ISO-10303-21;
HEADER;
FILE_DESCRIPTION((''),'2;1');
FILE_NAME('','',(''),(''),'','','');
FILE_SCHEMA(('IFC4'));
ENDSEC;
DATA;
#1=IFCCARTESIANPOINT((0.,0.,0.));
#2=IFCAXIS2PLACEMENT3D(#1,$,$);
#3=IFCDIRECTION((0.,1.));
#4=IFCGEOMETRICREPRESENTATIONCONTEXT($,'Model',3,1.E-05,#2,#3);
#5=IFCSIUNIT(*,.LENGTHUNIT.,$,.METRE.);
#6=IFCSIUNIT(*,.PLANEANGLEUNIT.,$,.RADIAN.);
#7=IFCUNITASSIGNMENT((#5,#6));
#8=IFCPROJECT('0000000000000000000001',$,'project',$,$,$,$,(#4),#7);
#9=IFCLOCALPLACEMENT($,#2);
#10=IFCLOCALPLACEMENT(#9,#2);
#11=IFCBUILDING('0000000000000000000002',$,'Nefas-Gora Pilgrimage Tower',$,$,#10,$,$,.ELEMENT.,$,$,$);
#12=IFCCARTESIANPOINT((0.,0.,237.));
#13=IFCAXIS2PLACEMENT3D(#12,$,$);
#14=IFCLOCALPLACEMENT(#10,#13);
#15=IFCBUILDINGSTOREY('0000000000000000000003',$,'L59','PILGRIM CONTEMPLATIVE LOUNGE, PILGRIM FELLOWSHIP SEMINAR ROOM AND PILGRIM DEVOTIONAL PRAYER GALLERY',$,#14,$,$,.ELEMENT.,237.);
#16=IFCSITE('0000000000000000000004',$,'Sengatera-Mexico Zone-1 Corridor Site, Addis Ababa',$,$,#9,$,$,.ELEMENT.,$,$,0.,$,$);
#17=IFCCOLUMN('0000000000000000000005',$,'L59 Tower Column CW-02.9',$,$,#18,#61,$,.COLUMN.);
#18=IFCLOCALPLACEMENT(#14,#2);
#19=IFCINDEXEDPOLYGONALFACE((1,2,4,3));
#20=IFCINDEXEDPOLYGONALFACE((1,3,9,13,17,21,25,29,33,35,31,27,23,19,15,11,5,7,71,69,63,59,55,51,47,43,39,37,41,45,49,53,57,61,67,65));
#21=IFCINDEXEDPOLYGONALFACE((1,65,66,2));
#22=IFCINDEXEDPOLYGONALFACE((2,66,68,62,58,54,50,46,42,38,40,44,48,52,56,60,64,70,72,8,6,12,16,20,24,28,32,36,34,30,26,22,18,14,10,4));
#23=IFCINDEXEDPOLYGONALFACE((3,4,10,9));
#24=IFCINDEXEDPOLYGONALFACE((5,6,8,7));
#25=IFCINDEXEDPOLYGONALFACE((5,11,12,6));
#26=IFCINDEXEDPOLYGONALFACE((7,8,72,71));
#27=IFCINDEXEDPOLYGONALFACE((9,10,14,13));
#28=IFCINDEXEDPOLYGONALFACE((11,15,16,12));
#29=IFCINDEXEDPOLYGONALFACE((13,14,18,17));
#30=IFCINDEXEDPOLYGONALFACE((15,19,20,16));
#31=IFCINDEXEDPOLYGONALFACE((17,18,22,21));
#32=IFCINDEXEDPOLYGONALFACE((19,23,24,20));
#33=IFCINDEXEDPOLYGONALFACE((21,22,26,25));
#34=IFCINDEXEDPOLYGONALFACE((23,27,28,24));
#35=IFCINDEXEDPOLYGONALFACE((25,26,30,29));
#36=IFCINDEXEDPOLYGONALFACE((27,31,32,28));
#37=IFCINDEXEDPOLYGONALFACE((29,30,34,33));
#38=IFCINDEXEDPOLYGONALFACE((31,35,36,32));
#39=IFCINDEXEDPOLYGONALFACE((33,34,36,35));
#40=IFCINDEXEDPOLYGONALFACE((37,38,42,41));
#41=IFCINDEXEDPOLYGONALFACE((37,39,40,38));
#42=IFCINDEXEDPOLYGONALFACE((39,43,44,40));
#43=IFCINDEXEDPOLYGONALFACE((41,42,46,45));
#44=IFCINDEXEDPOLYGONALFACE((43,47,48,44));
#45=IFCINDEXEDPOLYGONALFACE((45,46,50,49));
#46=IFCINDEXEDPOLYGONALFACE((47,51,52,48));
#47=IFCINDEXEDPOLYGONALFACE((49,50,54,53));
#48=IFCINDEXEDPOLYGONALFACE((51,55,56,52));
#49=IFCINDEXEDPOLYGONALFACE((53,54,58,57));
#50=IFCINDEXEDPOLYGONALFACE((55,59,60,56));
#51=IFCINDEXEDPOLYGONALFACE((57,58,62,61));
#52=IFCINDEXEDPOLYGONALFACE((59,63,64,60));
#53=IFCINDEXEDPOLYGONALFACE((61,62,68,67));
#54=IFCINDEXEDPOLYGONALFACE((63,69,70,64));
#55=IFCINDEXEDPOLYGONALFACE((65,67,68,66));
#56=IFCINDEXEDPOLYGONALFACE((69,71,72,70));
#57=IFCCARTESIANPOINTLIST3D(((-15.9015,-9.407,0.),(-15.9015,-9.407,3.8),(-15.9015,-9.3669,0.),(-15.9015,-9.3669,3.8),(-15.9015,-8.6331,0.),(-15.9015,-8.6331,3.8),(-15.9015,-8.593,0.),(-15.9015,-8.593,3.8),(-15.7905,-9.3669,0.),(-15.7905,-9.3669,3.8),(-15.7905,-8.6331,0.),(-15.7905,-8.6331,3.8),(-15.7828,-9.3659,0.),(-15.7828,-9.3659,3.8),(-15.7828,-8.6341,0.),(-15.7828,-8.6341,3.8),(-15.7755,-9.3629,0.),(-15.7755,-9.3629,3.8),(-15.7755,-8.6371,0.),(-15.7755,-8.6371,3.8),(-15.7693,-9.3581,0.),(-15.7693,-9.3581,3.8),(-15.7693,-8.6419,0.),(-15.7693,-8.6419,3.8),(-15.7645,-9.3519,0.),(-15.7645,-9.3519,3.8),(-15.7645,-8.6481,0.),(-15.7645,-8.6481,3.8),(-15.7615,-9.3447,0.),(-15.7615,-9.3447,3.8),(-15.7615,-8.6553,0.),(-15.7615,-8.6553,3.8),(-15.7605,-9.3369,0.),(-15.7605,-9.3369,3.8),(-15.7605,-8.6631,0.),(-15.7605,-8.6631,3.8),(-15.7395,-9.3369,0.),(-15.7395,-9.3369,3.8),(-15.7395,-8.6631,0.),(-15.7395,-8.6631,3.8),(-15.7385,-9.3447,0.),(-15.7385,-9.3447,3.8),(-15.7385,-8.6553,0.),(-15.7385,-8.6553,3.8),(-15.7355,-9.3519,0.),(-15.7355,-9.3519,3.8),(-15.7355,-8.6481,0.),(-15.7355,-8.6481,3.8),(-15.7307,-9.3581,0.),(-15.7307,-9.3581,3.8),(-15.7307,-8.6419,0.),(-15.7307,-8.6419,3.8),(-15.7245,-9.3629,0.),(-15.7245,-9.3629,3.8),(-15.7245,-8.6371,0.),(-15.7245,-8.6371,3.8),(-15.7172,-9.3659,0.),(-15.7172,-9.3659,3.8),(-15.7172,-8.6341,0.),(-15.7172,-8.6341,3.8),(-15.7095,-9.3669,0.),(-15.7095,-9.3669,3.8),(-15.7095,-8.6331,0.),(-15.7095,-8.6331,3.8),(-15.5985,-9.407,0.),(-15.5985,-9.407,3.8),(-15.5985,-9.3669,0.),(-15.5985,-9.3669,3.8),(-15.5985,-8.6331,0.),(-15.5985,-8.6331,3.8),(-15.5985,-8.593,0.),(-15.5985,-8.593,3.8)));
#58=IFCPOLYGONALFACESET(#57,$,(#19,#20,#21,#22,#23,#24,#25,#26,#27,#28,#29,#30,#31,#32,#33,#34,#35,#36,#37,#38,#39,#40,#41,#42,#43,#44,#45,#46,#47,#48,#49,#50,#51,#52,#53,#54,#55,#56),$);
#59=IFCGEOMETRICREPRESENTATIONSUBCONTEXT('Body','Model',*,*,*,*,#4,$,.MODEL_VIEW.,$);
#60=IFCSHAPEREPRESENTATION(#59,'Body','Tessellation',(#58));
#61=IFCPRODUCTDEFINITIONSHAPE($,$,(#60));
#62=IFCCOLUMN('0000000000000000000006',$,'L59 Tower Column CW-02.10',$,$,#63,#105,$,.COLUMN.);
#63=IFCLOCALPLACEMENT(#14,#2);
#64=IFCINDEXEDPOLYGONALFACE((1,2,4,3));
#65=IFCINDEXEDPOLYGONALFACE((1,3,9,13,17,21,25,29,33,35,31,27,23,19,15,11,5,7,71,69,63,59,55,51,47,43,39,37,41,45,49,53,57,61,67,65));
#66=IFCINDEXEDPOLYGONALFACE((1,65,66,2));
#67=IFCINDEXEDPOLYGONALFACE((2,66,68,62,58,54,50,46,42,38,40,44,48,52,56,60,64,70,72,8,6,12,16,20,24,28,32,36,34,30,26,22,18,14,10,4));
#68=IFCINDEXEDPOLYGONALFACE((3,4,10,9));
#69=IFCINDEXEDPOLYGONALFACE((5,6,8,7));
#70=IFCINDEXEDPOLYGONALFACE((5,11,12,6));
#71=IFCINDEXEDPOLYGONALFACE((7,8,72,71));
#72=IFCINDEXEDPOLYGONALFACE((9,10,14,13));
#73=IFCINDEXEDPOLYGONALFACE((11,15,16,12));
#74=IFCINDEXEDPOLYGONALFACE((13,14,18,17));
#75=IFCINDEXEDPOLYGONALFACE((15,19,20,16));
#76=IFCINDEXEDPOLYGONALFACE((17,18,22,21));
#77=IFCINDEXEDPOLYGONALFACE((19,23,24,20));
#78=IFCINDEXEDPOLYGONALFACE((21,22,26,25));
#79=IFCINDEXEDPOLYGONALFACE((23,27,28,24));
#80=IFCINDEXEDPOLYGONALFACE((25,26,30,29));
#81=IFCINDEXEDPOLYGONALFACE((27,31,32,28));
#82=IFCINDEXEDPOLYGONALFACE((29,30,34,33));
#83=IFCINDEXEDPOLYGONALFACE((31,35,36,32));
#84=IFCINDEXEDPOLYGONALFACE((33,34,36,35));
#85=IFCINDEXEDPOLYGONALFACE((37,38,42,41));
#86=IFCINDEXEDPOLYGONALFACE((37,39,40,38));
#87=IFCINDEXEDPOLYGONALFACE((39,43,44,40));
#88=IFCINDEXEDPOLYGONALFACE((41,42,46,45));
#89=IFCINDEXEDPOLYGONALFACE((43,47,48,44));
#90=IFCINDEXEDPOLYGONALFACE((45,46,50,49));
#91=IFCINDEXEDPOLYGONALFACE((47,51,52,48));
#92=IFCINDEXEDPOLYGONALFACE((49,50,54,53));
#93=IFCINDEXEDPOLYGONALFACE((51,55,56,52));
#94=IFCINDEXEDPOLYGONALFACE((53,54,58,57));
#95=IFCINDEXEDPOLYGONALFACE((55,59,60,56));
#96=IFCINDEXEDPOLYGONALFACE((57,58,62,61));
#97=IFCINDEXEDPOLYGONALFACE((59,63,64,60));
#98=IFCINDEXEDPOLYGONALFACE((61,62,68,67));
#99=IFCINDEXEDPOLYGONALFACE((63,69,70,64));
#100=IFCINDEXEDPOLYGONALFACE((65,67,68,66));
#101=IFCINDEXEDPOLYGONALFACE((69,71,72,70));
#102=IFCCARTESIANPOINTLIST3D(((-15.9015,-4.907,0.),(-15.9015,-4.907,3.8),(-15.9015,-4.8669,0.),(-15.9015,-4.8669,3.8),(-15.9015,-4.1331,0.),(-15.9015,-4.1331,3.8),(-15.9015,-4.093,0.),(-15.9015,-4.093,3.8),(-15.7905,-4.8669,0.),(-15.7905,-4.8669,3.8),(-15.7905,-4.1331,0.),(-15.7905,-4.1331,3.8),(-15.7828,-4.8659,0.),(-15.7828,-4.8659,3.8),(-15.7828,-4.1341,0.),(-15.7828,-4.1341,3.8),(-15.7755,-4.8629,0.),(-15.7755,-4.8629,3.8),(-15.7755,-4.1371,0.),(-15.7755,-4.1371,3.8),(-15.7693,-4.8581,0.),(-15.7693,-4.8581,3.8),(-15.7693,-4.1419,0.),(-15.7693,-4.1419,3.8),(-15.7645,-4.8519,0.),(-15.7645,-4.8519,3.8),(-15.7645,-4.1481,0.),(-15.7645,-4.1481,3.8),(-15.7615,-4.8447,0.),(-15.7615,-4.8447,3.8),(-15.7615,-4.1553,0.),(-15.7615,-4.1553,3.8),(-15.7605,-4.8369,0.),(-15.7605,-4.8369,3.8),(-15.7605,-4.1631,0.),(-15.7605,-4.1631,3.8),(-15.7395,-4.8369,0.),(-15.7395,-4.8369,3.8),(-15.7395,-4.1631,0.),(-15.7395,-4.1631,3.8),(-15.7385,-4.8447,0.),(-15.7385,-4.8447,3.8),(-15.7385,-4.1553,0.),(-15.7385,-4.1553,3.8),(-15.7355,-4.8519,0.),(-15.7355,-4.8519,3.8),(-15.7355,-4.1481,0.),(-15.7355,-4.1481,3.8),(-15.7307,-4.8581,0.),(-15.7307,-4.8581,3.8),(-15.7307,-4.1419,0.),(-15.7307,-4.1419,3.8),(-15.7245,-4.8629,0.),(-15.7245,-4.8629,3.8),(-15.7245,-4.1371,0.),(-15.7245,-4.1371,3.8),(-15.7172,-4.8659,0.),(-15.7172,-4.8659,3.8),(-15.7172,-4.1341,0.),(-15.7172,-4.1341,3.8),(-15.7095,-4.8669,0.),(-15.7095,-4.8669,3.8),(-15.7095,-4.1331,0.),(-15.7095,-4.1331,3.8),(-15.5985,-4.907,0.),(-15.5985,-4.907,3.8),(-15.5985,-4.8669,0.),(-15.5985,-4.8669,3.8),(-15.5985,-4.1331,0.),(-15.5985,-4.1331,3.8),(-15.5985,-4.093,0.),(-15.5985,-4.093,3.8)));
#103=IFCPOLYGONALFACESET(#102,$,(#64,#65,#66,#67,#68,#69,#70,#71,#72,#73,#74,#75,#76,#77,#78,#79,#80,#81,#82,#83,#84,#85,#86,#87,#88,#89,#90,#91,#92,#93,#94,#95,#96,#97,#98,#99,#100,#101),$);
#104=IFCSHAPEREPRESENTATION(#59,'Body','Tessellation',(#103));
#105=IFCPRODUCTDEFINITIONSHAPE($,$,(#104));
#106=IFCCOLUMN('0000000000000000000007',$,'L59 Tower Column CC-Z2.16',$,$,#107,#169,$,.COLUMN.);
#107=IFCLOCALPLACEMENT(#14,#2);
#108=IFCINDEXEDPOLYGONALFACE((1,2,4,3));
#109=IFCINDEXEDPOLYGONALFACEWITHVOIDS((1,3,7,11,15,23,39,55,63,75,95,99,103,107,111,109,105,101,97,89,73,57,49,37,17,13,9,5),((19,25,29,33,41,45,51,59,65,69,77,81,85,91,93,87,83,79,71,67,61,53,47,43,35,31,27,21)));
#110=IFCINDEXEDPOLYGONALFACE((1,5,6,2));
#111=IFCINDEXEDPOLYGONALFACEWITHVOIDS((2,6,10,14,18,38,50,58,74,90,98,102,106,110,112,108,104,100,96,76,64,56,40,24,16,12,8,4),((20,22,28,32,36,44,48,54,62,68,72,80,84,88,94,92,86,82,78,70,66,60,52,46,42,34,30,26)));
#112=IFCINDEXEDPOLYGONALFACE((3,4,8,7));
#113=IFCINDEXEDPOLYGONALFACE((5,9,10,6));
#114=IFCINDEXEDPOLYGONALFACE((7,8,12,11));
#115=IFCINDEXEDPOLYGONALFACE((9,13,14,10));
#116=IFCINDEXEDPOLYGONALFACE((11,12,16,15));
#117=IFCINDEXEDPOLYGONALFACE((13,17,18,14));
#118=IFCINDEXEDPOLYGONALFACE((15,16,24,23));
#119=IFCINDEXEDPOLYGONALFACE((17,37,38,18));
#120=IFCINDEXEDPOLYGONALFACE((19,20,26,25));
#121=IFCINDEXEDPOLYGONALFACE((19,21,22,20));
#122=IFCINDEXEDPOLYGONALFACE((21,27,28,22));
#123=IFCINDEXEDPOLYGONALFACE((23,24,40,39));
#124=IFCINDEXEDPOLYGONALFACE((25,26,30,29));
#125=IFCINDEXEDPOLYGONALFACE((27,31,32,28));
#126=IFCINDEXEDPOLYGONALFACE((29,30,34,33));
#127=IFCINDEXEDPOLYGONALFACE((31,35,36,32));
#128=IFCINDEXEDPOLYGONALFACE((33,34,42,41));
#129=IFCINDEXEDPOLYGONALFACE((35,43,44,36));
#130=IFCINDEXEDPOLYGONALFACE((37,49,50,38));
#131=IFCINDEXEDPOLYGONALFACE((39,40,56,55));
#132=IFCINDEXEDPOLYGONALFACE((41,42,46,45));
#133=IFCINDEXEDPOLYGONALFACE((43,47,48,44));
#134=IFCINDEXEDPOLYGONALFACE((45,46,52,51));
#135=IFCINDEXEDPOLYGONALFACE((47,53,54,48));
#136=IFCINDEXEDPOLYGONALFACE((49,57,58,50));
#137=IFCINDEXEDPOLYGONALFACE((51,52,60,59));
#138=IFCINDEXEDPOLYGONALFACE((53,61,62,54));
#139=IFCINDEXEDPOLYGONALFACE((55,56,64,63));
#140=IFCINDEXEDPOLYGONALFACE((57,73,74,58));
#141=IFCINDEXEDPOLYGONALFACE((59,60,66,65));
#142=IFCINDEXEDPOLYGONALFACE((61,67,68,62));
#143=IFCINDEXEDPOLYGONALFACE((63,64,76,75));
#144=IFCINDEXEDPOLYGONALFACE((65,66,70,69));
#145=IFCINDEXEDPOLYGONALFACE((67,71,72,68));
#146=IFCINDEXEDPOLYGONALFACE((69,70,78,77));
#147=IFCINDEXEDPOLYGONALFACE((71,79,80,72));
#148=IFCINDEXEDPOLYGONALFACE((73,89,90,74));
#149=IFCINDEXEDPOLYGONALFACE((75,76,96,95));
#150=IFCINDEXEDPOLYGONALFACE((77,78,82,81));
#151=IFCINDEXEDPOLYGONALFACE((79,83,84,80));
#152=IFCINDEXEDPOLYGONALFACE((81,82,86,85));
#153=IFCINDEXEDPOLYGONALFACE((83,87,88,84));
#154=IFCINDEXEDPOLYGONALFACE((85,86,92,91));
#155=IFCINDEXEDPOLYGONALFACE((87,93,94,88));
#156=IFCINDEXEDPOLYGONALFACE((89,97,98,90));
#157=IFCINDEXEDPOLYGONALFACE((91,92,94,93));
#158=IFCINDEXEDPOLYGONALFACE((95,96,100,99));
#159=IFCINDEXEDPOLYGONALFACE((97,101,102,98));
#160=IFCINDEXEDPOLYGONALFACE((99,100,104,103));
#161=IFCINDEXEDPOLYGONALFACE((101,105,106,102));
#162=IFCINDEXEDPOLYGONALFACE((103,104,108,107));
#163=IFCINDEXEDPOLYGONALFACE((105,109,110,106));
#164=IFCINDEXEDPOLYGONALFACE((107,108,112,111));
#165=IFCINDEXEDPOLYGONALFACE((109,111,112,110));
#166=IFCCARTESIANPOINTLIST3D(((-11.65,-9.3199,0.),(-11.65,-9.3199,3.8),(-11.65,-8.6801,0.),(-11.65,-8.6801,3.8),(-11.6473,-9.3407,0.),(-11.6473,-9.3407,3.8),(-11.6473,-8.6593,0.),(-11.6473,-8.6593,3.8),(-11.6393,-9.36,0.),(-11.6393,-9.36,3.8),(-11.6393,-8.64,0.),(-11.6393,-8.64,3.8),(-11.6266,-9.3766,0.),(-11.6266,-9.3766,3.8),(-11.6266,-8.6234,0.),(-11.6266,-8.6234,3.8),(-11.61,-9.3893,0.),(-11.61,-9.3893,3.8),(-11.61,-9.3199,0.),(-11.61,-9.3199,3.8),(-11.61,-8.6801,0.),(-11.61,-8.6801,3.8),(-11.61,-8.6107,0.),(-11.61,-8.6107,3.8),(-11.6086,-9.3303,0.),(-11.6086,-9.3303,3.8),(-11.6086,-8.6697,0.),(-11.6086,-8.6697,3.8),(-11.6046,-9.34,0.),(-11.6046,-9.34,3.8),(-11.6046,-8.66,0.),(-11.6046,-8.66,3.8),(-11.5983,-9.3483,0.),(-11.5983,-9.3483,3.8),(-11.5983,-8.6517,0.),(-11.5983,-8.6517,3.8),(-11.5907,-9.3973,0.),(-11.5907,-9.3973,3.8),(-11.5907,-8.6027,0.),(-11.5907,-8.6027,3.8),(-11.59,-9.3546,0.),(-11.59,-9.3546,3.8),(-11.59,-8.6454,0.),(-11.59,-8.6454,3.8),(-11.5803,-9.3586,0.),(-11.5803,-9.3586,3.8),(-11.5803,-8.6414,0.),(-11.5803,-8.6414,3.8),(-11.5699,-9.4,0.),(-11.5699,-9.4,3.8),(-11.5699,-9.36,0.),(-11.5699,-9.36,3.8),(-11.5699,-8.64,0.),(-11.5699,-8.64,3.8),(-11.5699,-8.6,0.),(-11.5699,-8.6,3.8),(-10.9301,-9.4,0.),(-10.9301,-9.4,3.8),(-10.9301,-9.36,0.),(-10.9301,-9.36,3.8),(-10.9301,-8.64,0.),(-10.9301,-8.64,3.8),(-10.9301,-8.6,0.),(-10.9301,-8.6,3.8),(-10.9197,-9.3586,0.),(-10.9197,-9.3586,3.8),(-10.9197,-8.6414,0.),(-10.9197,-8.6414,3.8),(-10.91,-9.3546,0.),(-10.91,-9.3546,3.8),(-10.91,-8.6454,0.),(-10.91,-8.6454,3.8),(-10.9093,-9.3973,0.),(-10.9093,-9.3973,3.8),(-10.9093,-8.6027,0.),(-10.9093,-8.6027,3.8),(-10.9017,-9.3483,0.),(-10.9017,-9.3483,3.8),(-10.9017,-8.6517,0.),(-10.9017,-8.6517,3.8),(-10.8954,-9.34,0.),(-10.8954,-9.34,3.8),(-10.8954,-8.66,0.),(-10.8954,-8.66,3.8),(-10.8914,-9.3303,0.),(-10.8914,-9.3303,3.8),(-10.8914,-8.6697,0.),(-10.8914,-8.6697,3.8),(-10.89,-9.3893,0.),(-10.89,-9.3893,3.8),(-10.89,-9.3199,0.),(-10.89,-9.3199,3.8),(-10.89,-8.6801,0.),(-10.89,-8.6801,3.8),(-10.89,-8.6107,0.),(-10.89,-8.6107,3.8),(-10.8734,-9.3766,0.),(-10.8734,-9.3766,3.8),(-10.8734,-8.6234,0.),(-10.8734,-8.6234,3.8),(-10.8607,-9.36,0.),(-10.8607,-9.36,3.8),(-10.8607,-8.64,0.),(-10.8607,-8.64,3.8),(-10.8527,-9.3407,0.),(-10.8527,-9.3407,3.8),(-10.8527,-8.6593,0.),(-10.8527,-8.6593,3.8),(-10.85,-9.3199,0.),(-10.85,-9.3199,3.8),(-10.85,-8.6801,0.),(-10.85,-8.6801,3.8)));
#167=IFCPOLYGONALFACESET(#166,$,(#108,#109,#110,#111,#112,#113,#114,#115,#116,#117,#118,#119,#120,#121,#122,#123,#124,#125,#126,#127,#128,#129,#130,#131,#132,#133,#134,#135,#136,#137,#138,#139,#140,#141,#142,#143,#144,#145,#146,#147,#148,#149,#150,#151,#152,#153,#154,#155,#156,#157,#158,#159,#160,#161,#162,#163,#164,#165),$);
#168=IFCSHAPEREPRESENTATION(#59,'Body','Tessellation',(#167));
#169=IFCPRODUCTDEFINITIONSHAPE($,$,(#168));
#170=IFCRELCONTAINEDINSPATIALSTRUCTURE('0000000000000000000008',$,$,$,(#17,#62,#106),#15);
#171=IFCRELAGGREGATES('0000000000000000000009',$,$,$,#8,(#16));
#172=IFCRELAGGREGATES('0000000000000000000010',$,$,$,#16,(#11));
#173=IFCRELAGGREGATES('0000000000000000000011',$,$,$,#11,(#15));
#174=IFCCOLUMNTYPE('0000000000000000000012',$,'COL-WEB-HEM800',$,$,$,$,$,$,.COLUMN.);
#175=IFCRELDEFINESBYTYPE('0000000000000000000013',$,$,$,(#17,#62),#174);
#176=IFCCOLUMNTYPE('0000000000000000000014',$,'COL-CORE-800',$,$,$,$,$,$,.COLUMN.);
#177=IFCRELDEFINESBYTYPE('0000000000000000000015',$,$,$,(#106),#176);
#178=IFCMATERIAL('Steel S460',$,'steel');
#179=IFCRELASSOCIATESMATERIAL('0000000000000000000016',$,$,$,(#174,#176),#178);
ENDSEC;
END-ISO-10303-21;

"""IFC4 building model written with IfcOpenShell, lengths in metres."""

from ifc_helpers import new_model, si_unit, direction, frame, origin, origin_2d, place, context, subcontext, project, spatial, hollow_rectangle, i_section, extrude, source, transform, mapped, material, material_profile, profile_set, type_object, element, save


model = new_model("IFC4")

# Units and contexts
model_context = context("Model", 3, precision=1e-05, world=origin(), true_north=direction((0.0, 1.0)))
body_context = subcontext(model_context, "Body", "Model", "MODEL_VIEW")
ifc_project = project(units=[si_unit("LENGTHUNIT", "METRE"), si_unit("PLANEANGLEUNIT", "RADIAN")], contexts=[model_context])

# Site, building, storey
site_placement = place(None, origin())
site = spatial("IfcSite", under=ifc_project, at=site_placement, Name="Sengatera-Mexico Zone-1 Corridor Site, Addis Ababa", CompositionType="ELEMENT", RefElevation=0.0)
building_placement = place(site_placement, origin())
building = spatial("IfcBuilding", under=site, at=building_placement, Name="Nefas-Gora Pilgrimage Tower", CompositionType="ELEMENT")
storey_placement = place(building_placement, frame((0.0, 0.0, 237.0)))
storey = spatial("IfcBuildingStorey", under=building, at=storey_placement, Name="L59", Description="PILGRIM CONTEMPLATIVE LOUNGE, PILGRIM FELLOWSHIP SEMINAR ROOM AND PILGRIM DEVOTIONAL PRAYER GALLERY", CompositionType="ELEMENT", Elevation=237.0)

# Columns
ifc_material_1 = material(Name="Steel S460", Category="steel")
ifc_material_profile_1 = material_profile(ifc_material_1, i_section(OverallWidth=0.303, OverallDepth=0.814, WebThickness=0.021, FlangeThickness=0.04, FilletRadius=0.03, at=origin_2d()), Name="HEM 800")
ifc_profile_set_1 = profile_set([ifc_material_profile_1], Name="Steel S460")
column_type_1 = type_object("IfcColumnType", Name="COL-WEB-HEM800", PredefinedType="COLUMN", material=ifc_profile_set_1)
shared_shape_1 = source(origin(), body_context, "Body", "SweptSolid", [
    extrude(i_section(OverallWidth=0.303, OverallDepth=0.814, WebThickness=0.021, FlangeThickness=0.04, FilletRadius=0.03, at=origin_2d()), origin(), (0.0, 0.0, 1.0), 3.8),
])
for number, where, z_axis, x_axis, name in (
    (1, (-15.75, -9.0, 0.0), (0.0, 0.0, 1.0), (1.0, 0.0, 0.0), "L59 Tower Column CW-02.9"),
    (2, (-15.75, -4.5, 0.0), (0.0, 0.0, 1.0), (1.0, 0.0, 0.0), "L59 Tower Column CW-02.10"),
):
    element("IfcColumn", number, at=place(storey_placement, frame(where, z_axis=z_axis, x_axis=x_axis)), inside=storey, type_object=column_type_1, Name=name, PredefinedType="COLUMN", context=body_context, shape_type="MappedRepresentation", body=[
        mapped(shared_shape_1, transform((0.0, 0.0, 0.0), x_axis=(1.0, 0.0, 0.0), y_axis=(0.0, 1.0, 0.0), z_axis=(0.0, 0.0, 1.0), scale=1.0)),
    ])
ifc_material_profile_2 = material_profile(ifc_material_1, hollow_rectangle(XDim=0.8, YDim=0.8, WallThickness=0.04, InnerFilletRadius=0.04, OuterFilletRadius=0.0801, at=origin_2d()), Name="BOX 800x800x40")
ifc_profile_set_2 = profile_set([ifc_material_profile_2], Name="Steel S460")
column_type_2 = type_object("IfcColumnType", Name="COL-CORE-800", PredefinedType="COLUMN", material=ifc_profile_set_2)
shared_shape_2 = source(origin(), body_context, "Body", "SweptSolid", [
    extrude(hollow_rectangle(XDim=0.8, YDim=0.8, WallThickness=0.04, InnerFilletRadius=0.04, OuterFilletRadius=0.0801, at=origin_2d()), origin(), (0.0, 0.0, 1.0), 3.8),
])
column_placement = place(storey_placement, frame((-11.25, -9.0, 0.0), z_axis=(0.0, 0.0, 1.0), x_axis=(1.0, 0.0, 0.0)))
element("IfcColumn", 3, at=column_placement, inside=storey, type_object=column_type_2, Name="L59 Tower Column CC-Z2.16", PredefinedType="COLUMN", context=body_context, shape_type="MappedRepresentation", body=[
    mapped(shared_shape_2, transform((0.0, 0.0, 0.0), x_axis=(1.0, 0.0, 0.0), y_axis=(0.0, 1.0, 0.0), z_axis=(0.0, 0.0, 1.0), scale=1.0)),
])

save(model, "model.ifc")
